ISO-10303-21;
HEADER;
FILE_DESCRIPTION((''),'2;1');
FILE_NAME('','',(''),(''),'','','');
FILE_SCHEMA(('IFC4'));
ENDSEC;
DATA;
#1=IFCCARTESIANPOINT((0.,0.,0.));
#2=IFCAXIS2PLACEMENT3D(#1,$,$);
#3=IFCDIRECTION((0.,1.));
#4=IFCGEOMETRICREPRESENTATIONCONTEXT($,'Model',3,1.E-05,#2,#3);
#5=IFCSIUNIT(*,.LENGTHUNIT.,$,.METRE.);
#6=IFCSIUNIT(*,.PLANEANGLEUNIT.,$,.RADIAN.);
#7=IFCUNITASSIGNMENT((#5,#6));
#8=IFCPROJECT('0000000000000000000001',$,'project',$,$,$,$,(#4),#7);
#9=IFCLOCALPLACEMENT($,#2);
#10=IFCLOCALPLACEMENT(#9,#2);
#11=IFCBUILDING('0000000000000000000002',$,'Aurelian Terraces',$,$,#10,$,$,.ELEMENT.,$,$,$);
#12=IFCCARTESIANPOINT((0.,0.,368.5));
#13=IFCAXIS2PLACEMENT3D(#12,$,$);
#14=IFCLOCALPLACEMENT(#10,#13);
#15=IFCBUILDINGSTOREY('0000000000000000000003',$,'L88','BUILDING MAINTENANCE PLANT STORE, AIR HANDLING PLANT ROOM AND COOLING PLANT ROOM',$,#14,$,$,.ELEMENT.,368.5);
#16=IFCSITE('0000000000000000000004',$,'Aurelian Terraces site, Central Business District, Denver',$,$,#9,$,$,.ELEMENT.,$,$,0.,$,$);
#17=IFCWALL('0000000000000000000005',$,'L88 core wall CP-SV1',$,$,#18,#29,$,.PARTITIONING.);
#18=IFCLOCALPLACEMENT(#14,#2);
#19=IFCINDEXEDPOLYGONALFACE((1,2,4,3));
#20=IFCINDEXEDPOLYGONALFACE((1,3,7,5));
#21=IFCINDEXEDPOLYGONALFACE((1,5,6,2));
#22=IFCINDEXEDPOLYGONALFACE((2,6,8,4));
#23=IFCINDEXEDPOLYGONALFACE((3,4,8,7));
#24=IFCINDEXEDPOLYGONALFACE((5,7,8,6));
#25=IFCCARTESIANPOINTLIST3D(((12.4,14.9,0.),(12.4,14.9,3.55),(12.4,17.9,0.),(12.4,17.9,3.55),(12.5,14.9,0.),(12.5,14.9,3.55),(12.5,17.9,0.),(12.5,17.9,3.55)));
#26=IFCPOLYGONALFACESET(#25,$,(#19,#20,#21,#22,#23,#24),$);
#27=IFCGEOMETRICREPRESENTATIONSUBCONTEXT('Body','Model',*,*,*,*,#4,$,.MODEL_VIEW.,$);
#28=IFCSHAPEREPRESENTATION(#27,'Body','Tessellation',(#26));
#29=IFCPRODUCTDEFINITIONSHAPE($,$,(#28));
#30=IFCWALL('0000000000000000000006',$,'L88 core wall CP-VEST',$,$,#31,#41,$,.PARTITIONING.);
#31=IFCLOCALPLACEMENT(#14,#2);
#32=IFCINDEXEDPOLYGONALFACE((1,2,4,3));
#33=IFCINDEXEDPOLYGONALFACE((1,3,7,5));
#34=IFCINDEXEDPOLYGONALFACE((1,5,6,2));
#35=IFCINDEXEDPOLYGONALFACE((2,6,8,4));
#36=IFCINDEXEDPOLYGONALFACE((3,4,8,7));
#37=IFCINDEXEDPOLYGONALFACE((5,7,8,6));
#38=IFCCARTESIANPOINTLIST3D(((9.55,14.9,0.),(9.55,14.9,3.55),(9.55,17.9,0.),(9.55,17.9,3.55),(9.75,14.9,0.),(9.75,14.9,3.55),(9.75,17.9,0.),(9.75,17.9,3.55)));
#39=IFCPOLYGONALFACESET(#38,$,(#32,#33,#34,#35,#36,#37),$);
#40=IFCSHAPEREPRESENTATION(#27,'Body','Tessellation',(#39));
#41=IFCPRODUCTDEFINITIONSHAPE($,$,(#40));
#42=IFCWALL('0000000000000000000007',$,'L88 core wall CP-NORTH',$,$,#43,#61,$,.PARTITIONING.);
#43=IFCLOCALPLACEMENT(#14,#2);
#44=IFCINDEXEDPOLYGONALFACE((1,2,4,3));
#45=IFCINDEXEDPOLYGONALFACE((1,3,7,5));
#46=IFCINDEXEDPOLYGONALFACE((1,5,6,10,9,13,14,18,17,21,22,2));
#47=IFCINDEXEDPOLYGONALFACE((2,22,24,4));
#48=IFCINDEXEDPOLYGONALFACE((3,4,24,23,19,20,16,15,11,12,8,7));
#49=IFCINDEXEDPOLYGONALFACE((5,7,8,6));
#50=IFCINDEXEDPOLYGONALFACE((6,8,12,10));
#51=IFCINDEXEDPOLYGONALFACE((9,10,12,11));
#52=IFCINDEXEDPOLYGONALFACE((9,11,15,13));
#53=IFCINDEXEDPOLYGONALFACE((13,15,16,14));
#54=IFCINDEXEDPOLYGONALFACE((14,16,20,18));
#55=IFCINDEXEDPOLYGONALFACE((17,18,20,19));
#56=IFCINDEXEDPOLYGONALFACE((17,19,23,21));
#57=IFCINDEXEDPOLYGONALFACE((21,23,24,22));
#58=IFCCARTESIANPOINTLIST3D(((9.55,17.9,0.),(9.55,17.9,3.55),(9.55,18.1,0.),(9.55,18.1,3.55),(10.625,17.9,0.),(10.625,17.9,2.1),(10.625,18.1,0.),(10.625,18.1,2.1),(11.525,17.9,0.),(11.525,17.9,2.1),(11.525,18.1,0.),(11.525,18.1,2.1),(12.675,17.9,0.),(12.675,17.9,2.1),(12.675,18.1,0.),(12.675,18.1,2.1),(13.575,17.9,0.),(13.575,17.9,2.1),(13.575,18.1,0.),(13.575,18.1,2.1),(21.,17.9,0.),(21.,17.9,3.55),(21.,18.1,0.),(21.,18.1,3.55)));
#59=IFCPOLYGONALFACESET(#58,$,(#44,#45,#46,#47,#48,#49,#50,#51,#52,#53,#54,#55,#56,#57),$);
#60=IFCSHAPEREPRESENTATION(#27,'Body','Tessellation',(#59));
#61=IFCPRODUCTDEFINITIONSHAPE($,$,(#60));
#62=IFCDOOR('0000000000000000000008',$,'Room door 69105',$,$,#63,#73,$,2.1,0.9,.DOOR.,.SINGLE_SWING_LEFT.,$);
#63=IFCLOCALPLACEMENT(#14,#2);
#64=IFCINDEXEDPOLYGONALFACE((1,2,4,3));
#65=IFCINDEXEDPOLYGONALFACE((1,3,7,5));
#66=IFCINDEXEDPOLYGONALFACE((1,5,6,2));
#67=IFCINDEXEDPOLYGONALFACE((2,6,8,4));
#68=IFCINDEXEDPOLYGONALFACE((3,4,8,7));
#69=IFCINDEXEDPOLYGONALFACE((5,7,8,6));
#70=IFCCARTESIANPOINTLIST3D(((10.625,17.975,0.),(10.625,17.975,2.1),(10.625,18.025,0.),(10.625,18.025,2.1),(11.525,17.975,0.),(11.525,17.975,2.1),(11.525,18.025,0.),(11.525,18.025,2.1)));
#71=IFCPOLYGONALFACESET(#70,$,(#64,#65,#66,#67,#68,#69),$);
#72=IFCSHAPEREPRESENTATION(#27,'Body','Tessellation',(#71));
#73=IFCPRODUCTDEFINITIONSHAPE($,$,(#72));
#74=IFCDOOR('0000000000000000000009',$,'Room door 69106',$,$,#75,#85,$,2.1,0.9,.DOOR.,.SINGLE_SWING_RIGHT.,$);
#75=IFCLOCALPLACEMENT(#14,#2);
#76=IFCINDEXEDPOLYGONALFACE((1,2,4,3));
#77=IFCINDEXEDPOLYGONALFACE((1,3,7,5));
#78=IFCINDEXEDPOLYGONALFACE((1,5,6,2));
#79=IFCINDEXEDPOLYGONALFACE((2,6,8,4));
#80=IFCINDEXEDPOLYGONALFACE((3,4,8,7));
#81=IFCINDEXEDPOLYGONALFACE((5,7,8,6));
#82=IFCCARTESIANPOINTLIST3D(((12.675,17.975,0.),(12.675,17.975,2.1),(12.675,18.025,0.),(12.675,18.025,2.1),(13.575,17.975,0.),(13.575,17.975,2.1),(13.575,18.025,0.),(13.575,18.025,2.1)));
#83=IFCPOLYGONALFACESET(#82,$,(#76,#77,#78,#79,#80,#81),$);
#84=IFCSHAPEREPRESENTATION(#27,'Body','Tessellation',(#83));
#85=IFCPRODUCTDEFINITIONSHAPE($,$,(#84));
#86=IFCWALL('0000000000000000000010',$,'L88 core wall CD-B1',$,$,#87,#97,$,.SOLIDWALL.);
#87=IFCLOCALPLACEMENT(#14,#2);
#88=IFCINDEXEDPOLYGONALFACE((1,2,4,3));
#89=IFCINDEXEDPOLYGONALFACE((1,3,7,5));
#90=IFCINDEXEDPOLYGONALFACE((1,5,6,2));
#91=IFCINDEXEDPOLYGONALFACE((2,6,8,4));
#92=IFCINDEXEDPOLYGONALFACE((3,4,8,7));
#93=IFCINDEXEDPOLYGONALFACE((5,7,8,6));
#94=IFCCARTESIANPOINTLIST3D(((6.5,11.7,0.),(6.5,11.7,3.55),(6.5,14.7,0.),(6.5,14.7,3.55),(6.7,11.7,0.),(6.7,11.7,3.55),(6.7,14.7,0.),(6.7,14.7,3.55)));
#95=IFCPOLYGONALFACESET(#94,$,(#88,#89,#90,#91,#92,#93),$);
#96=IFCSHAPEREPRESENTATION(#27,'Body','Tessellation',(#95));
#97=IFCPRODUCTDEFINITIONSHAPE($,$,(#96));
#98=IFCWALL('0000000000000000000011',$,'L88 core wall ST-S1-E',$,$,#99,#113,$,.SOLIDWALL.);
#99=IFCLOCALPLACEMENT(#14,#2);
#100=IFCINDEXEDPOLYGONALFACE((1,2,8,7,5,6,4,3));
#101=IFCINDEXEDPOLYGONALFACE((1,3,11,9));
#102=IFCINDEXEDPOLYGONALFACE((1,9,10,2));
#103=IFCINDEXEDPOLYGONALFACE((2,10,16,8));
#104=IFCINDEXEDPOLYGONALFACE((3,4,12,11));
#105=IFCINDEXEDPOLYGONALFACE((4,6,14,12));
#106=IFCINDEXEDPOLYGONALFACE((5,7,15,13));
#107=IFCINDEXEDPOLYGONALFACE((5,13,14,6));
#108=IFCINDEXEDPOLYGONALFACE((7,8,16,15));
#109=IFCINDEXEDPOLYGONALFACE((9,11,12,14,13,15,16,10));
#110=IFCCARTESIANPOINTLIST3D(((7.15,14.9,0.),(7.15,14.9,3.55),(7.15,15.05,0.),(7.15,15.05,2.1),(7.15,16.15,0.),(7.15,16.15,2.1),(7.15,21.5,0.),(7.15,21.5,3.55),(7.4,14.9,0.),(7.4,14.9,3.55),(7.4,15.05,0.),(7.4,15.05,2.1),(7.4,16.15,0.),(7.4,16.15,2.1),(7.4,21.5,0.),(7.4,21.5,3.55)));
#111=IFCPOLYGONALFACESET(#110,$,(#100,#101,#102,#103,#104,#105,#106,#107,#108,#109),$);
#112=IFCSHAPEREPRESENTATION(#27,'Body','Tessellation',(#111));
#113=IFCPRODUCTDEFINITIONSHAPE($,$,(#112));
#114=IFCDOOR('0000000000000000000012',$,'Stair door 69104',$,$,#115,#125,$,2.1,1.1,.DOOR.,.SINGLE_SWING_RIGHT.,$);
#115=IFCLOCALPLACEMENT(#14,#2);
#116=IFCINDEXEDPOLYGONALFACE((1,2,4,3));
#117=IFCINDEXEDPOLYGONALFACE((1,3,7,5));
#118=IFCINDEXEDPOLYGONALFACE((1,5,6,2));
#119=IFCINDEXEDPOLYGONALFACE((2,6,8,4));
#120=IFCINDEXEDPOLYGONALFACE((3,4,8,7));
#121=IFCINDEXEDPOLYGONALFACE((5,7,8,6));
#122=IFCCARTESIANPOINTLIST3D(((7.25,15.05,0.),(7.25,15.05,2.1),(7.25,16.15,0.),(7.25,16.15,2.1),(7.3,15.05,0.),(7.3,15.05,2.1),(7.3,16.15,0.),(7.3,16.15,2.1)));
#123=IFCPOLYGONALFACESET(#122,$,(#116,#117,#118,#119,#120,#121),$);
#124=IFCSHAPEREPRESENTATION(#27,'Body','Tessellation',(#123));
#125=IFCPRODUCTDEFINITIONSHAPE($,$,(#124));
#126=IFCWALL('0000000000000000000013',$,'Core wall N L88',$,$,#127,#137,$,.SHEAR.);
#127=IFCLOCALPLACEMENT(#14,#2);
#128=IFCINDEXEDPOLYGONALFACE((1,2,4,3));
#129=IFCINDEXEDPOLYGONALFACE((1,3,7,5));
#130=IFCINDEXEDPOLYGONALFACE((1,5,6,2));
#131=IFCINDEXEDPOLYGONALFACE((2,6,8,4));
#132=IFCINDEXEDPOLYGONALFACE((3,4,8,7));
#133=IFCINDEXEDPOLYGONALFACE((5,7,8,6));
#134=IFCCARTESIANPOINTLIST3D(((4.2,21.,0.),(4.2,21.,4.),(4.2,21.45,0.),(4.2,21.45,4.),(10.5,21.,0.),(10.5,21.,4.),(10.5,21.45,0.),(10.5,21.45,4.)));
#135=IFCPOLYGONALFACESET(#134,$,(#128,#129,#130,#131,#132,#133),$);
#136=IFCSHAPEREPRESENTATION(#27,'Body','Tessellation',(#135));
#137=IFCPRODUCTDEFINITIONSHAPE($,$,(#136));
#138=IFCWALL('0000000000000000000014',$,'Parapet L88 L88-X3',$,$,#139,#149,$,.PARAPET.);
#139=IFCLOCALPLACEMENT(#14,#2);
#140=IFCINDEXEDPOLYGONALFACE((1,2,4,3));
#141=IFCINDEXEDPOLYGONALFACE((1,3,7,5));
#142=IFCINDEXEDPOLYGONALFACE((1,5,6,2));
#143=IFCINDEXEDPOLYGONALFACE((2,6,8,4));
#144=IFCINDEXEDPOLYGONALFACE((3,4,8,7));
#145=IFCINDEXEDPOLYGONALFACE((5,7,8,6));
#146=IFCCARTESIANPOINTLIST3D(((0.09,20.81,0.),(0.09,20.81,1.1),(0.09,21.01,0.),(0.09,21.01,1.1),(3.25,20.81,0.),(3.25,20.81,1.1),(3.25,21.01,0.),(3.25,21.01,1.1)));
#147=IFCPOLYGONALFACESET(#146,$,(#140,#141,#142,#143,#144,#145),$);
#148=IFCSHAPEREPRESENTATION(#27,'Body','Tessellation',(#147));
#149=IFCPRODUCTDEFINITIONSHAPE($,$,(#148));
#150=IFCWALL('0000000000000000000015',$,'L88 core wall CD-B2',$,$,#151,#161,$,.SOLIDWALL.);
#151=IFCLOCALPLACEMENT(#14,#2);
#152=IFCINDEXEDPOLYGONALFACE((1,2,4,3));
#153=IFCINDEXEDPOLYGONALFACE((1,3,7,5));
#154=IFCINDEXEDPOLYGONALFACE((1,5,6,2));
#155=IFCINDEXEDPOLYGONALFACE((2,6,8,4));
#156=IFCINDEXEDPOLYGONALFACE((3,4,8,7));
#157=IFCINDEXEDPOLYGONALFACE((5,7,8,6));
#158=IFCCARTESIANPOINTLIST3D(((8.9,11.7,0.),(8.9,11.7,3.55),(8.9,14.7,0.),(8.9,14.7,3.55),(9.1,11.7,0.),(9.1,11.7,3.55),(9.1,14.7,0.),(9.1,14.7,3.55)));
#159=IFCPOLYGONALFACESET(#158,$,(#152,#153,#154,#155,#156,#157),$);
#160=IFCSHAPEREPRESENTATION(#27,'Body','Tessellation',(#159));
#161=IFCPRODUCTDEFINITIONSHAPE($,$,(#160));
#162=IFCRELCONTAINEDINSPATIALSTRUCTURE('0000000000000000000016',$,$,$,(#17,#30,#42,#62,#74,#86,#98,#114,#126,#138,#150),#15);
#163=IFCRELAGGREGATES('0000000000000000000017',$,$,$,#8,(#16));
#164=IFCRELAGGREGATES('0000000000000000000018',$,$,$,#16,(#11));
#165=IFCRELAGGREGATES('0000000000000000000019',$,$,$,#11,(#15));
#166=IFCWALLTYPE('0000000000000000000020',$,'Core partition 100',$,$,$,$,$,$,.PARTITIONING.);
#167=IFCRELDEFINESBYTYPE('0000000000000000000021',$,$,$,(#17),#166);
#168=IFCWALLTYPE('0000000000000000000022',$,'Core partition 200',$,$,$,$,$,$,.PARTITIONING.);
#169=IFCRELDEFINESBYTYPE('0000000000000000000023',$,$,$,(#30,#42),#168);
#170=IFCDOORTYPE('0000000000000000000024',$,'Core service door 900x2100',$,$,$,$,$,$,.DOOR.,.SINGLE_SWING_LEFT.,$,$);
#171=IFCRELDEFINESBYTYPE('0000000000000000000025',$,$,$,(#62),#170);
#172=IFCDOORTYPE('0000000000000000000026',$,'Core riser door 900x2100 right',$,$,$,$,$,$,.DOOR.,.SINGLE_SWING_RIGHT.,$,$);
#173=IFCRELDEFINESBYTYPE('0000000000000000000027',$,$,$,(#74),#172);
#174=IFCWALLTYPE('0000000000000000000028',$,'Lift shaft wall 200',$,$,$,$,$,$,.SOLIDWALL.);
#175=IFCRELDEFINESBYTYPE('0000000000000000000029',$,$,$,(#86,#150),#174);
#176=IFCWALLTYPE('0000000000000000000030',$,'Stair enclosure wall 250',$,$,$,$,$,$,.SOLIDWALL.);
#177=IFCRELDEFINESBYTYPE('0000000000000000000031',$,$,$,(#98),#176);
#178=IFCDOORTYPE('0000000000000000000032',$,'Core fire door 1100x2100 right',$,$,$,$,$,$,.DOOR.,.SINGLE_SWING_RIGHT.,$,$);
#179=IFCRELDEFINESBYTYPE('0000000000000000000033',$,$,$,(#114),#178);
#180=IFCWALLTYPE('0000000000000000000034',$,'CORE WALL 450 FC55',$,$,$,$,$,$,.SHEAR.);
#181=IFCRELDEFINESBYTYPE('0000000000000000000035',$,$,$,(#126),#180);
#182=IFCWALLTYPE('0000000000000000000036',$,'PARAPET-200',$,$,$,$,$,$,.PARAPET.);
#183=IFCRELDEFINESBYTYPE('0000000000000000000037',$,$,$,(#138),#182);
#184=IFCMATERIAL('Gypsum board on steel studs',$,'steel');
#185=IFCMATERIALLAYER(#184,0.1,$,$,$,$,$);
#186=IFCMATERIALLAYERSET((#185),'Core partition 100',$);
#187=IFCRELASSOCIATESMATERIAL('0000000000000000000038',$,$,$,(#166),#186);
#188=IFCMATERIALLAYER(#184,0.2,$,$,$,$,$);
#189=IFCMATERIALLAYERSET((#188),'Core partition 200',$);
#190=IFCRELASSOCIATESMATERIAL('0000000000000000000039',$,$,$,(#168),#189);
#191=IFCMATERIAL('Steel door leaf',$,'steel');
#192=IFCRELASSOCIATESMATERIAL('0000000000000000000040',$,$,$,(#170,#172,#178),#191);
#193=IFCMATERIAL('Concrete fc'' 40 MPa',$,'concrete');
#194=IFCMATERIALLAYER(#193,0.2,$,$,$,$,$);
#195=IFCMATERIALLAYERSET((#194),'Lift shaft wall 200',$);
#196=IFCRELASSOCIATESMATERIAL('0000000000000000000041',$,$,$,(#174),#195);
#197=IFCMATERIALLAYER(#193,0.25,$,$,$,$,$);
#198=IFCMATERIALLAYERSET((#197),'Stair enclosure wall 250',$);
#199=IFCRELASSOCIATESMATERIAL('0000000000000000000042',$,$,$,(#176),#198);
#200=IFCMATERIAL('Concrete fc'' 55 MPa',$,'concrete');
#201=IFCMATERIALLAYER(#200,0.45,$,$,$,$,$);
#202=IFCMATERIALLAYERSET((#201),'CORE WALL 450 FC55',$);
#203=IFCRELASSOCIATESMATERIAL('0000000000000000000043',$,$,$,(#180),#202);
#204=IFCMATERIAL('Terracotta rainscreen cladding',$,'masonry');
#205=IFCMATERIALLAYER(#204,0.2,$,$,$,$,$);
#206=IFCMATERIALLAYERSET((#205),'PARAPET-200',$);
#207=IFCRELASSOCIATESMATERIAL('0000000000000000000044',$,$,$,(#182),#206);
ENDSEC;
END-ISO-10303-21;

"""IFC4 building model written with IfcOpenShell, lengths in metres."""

from ifc_helpers import new_model, si_unit, direction, frame, frame_2d, origin, place, context, subcontext, project, spatial, rectangle, extrude, source, transform, mapped, material, layer, layer_set, type_object, element, fill, save


model = new_model("IFC4")

# Units and contexts
model_context = context("Model", 3, precision=1e-05, world=origin(), true_north=direction((0.0, 1.0)))
body_context = subcontext(model_context, "Body", "Model", "MODEL_VIEW")
ifc_project = project(units=[si_unit("LENGTHUNIT", "METRE"), si_unit("PLANEANGLEUNIT", "RADIAN")], contexts=[model_context])

# Site, building, storey
site_placement = place(None, origin())
site = spatial("IfcSite", under=ifc_project, at=site_placement, Name="Aurelian Terraces site, Central Business District, Denver", CompositionType="ELEMENT", RefElevation=0.0)
building_placement = place(site_placement, origin())
building = spatial("IfcBuilding", under=site, at=building_placement, Name="Aurelian Terraces", CompositionType="ELEMENT")
storey_placement = place(building_placement, frame((0.0, 0.0, 368.5)))
storey = spatial("IfcBuildingStorey", under=building, at=storey_placement, Name="L88", Description="BUILDING MAINTENANCE PLANT STORE, AIR HANDLING PLANT ROOM AND COOLING PLANT ROOM", CompositionType="ELEMENT", Elevation=368.5)

# Walls
ifc_material_1 = material(Name="Gypsum board on steel studs", Category="steel")
ifc_layer_1 = layer(ifc_material_1, 0.1)
ifc_layer_set_1 = layer_set([ifc_layer_1], Name="Core partition 100")
wall_type_1 = type_object("IfcWallType", Name="Core partition 100", PredefinedType="PARTITIONING", material=ifc_layer_set_1)
wall_1_placement = place(storey_placement, frame((12.45, 14.9, 0.0), z_axis=(0.0, 0.0, 1.0), x_axis=(0.0, 1.0, 0.0)))
element("IfcWall", 1, at=wall_1_placement, inside=storey, type_object=wall_type_1, Name="L88 core wall CP-SV1", PredefinedType="PARTITIONING", context=body_context, shape_type="SweptSolid", body=[
    extrude(rectangle(XDim=3.0, YDim=0.1, at=frame_2d((1.5, 0.0))), origin(), (0.0, 0.0, 1.0), 3.55),
])
ifc_layer_2 = layer(ifc_material_1, 0.2)
ifc_layer_set_2 = layer_set([ifc_layer_2], Name="Core partition 200")
wall_type_2 = type_object("IfcWallType", Name="Core partition 200", PredefinedType="PARTITIONING", material=ifc_layer_set_2)
wall_2_placement = place(storey_placement, frame((9.65, 14.9, 0.0), z_axis=(0.0, 0.0, 1.0), x_axis=(0.0, 1.0, 0.0)))
element("IfcWall", 2, at=wall_2_placement, inside=storey, type_object=wall_type_2, Name="L88 core wall CP-VEST", PredefinedType="PARTITIONING", context=body_context, shape_type="SweptSolid", body=[
    extrude(rectangle(XDim=3.0, YDim=0.2, at=frame_2d((1.5, 0.0))), origin(), (0.0, 0.0, 1.0), 3.55),
])

# Wall, openings, doors
wall_3_placement = place(storey_placement, frame((9.55, 18.0, 0.0), z_axis=(0.0, 0.0, 1.0), x_axis=(1.0, 0.0, 0.0)))
wall_3 = element("IfcWall", 3, at=wall_3_placement, inside=storey, type_object=wall_type_2, Name="L88 core wall CP-NORTH", PredefinedType="PARTITIONING", context=body_context, shape_type="SweptSolid", body=[
    extrude(rectangle(XDim=11.45, YDim=0.2, at=frame_2d((5.725, 0.0))), origin(), (0.0, 0.0, 1.0), 3.55),
])
shared_shape_1 = source(origin(), body_context, "Body", "SweptSolid", [
    extrude(rectangle(XDim=0.9, YDim=2.1, at=frame_2d((0.45, 1.05))), frame((0.0, 0.11, 0.0), z_axis=(0.0, -1.0, 0.0), x_axis=(1.0, 0.0, 0.0)), (0.0, 0.0, 1.0), 0.22),
])
opening_1_placement = place(wall_3_placement, frame((1.075, 0.0, 0.0)))
opening_1 = element("IfcOpeningElement", 4, at=opening_1_placement, cuts=wall_3, PredefinedType="OPENING", context=body_context, shape_type="MappedRepresentation", body=[
    mapped(shared_shape_1, transform((0.0, 0.0, 0.0), scale=1.0)),
])
opening_2_placement = place(wall_3_placement, frame((3.125, 0.0, 0.0)))
opening_2 = element("IfcOpeningElement", 5, at=opening_2_placement, cuts=wall_3, PredefinedType="OPENING", context=body_context, shape_type="MappedRepresentation", body=[
    mapped(shared_shape_1, transform((0.0, 0.0, 0.0), scale=1.0)),
])
ifc_material_2 = material(Name="Steel door leaf", Category="steel")
door_type_1 = type_object("IfcDoorType", Name="Core service door 900x2100", OperationType="SINGLE_SWING_LEFT", PredefinedType="DOOR", material=ifc_material_2)
shared_shape_2 = source(origin(), body_context, "Body", "SweptSolid", [
    extrude(rectangle(XDim=0.9, YDim=2.1, at=frame_2d((0.45, 1.05))), frame((0.0, 0.025, 0.0), z_axis=(0.0, -1.0, 0.0), x_axis=(1.0, 0.0, 0.0)), (0.0, 0.0, 1.0), 0.05),
])
door_1_placement = place(opening_1_placement, origin())
door_1 = element("IfcDoor", 6, at=door_1_placement, inside=storey, type_object=door_type_1, Name="Room door 69105", OperationType="SINGLE_SWING_LEFT", OverallHeight=2.1, OverallWidth=0.9, PredefinedType="DOOR", context=body_context, shape_type="MappedRepresentation", body=[
    mapped(shared_shape_2, transform((0.0, 0.0, 0.0), scale=1.0)),
])
fill(opening_1, door_1)
door_type_2 = type_object("IfcDoorType", Name="Core riser door 900x2100 right", OperationType="SINGLE_SWING_RIGHT", PredefinedType="DOOR", material=ifc_material_2)
door_2_placement = place(opening_2_placement, origin())
door_2 = element("IfcDoor", 7, at=door_2_placement, inside=storey, type_object=door_type_2, Name="Room door 69106", OperationType="SINGLE_SWING_RIGHT", OverallHeight=2.1, OverallWidth=0.9, PredefinedType="DOOR", context=body_context, shape_type="MappedRepresentation", body=[
    mapped(shared_shape_2, transform((0.0, 0.0, 0.0), scale=1.0)),
])
fill(opening_2, door_2)

# Wall
ifc_material_3 = material(Name="Concrete fc' 40 MPa", Category="concrete")
ifc_layer_3 = layer(ifc_material_3, 0.2)
ifc_layer_set_3 = layer_set([ifc_layer_3], Name="Lift shaft wall 200")
wall_type_3 = type_object("IfcWallType", Name="Lift shaft wall 200", PredefinedType="SOLIDWALL", material=ifc_layer_set_3)
wall_4_placement = place(storey_placement, frame((6.6, 11.7, 0.0), z_axis=(0.0, 0.0, 1.0), x_axis=(0.0, 1.0, 0.0)))
element("IfcWall", 8, at=wall_4_placement, inside=storey, type_object=wall_type_3, Name="L88 core wall CD-B1", PredefinedType="SOLIDWALL", context=body_context, shape_type="SweptSolid", body=[
    extrude(rectangle(XDim=3.0, YDim=0.2, at=frame_2d((1.5, 0.0))), origin(), (0.0, 0.0, 1.0), 3.55),
])

# Wall, opening, door
ifc_layer_4 = layer(ifc_material_3, 0.25)
ifc_layer_set_4 = layer_set([ifc_layer_4], Name="Stair enclosure wall 250")
wall_type_4 = type_object("IfcWallType", Name="Stair enclosure wall 250", PredefinedType="SOLIDWALL", material=ifc_layer_set_4)
wall_5_placement = place(storey_placement, frame((7.275, 14.9, 0.0), z_axis=(0.0, 0.0, 1.0), x_axis=(0.0, 1.0, 0.0)))
wall_5 = element("IfcWall", 9, at=wall_5_placement, inside=storey, type_object=wall_type_4, Name="L88 core wall ST-S1-E", PredefinedType="SOLIDWALL", context=body_context, shape_type="SweptSolid", body=[
    extrude(rectangle(XDim=6.6, YDim=0.25, at=frame_2d((3.3, 0.0))), origin(), (0.0, 0.0, 1.0), 3.55),
])
shared_shape_3 = source(origin(), body_context, "Body", "SweptSolid", [
    extrude(rectangle(XDim=1.1, YDim=2.1, at=frame_2d((0.55, 1.05))), frame((0.0, 0.135, 0.0), z_axis=(0.0, -1.0, 0.0), x_axis=(1.0, 0.0, 0.0)), (0.0, 0.0, 1.0), 0.27),
])
opening_3_placement = place(wall_5_placement, frame((0.15, 0.0, 0.0)))
opening_3 = element("IfcOpeningElement", 10, at=opening_3_placement, cuts=wall_5, PredefinedType="OPENING", context=body_context, shape_type="MappedRepresentation", body=[
    mapped(shared_shape_3, transform((0.0, 0.0, 0.0), scale=1.0)),
])
door_type_3 = type_object("IfcDoorType", Name="Core fire door 1100x2100 right", OperationType="SINGLE_SWING_RIGHT", PredefinedType="DOOR", material=ifc_material_2)
shared_shape_4 = source(origin(), body_context, "Body", "SweptSolid", [
    extrude(rectangle(XDim=1.1, YDim=2.1, at=frame_2d((0.55, 1.05))), frame((0.0, 0.025, 0.0), z_axis=(0.0, -1.0, 0.0), x_axis=(1.0, 0.0, 0.0)), (0.0, 0.0, 1.0), 0.05),
])
door_3_placement = place(opening_3_placement, origin())
door_3 = element("IfcDoor", 11, at=door_3_placement, inside=storey, type_object=door_type_3, Name="Stair door 69104", OperationType="SINGLE_SWING_RIGHT", OverallHeight=2.1, OverallWidth=1.1, PredefinedType="DOOR", context=body_context, shape_type="MappedRepresentation", body=[
    mapped(shared_shape_4, transform((0.0, 0.0, 0.0), scale=1.0)),
])
fill(opening_3, door_3)

# Walls
ifc_material_4 = material(Name="Concrete fc' 55 MPa", Category="concrete")
ifc_layer_5 = layer(ifc_material_4, 0.45)
ifc_layer_set_5 = layer_set([ifc_layer_5], Name="CORE WALL 450 FC55")
wall_type_5 = type_object("IfcWallType", Name="CORE WALL 450 FC55", PredefinedType="SHEAR", material=ifc_layer_set_5)
shared_shape_5 = source(origin(), body_context, "Body", "SweptSolid", [
    extrude(rectangle(XDim=6.3, YDim=0.45, at=frame_2d((3.15, 0.0))), origin(), (0.0, 0.0, 1.0), 4.0),
])
wall_6_placement = place(storey_placement, frame((4.2, 21.225, 0.0), z_axis=(0.0, 0.0, 1.0), x_axis=(1.0, 0.0, 0.0)))
element("IfcWall", 12, at=wall_6_placement, inside=storey, type_object=wall_type_5, Name="Core wall N L88", PredefinedType="SHEAR", context=body_context, shape_type="MappedRepresentation", body=[
    mapped(shared_shape_5, transform((0.0, 0.0, 0.0), scale=1.0)),
])
ifc_material_5 = material(Name="Terracotta rainscreen cladding", Category="masonry")
ifc_layer_6 = layer(ifc_material_5, 0.2)
ifc_layer_set_6 = layer_set([ifc_layer_6], Name="PARAPET-200")
wall_type_6 = type_object("IfcWallType", Name="PARAPET-200", PredefinedType="PARAPET", material=ifc_layer_set_6)
shared_shape_6 = source(origin(), body_context, "Body", "SweptSolid", [
    extrude(rectangle(XDim=3.16, YDim=0.2, at=frame_2d((1.58, 0.0))), origin(), (0.0, 0.0, 1.0), 1.1),
])
wall_7_placement = place(storey_placement, frame((0.09, 20.91, 0.0), z_axis=(0.0, 0.0, 1.0), x_axis=(1.0, 0.0, 0.0)))
element("IfcWall", 13, at=wall_7_placement, inside=storey, type_object=wall_type_6, Name="Parapet L88 L88-X3", PredefinedType="PARAPET", context=body_context, shape_type="MappedRepresentation", body=[
    mapped(shared_shape_6, transform((0.0, 0.0, 0.0), scale=1.0)),
])
shared_shape_7 = source(origin(), body_context, "Body", "SweptSolid", [
    extrude(rectangle(XDim=3.0, YDim=0.2, at=frame_2d((1.5, 0.0))), origin(), (0.0, 0.0, 1.0), 3.55),
])
for number, where, z_axis, x_axis, name in (
    (14, (9.0, 11.7, 0.0), (0.0, 0.0, 1.0), (0.0, 1.0, 0.0), "L88 core wall CD-B2"),
):
    element("IfcWall", number, at=place(storey_placement, frame(where, z_axis=z_axis, x_axis=x_axis)), inside=storey, type_object=wall_type_3, Name=name, PredefinedType="SOLIDWALL", context=body_context, shape_type="MappedRepresentation", body=[
        mapped(shared_shape_7, transform((0.0, 0.0, 0.0), scale=1.0)),
    ])

save(model, "model.ifc")
